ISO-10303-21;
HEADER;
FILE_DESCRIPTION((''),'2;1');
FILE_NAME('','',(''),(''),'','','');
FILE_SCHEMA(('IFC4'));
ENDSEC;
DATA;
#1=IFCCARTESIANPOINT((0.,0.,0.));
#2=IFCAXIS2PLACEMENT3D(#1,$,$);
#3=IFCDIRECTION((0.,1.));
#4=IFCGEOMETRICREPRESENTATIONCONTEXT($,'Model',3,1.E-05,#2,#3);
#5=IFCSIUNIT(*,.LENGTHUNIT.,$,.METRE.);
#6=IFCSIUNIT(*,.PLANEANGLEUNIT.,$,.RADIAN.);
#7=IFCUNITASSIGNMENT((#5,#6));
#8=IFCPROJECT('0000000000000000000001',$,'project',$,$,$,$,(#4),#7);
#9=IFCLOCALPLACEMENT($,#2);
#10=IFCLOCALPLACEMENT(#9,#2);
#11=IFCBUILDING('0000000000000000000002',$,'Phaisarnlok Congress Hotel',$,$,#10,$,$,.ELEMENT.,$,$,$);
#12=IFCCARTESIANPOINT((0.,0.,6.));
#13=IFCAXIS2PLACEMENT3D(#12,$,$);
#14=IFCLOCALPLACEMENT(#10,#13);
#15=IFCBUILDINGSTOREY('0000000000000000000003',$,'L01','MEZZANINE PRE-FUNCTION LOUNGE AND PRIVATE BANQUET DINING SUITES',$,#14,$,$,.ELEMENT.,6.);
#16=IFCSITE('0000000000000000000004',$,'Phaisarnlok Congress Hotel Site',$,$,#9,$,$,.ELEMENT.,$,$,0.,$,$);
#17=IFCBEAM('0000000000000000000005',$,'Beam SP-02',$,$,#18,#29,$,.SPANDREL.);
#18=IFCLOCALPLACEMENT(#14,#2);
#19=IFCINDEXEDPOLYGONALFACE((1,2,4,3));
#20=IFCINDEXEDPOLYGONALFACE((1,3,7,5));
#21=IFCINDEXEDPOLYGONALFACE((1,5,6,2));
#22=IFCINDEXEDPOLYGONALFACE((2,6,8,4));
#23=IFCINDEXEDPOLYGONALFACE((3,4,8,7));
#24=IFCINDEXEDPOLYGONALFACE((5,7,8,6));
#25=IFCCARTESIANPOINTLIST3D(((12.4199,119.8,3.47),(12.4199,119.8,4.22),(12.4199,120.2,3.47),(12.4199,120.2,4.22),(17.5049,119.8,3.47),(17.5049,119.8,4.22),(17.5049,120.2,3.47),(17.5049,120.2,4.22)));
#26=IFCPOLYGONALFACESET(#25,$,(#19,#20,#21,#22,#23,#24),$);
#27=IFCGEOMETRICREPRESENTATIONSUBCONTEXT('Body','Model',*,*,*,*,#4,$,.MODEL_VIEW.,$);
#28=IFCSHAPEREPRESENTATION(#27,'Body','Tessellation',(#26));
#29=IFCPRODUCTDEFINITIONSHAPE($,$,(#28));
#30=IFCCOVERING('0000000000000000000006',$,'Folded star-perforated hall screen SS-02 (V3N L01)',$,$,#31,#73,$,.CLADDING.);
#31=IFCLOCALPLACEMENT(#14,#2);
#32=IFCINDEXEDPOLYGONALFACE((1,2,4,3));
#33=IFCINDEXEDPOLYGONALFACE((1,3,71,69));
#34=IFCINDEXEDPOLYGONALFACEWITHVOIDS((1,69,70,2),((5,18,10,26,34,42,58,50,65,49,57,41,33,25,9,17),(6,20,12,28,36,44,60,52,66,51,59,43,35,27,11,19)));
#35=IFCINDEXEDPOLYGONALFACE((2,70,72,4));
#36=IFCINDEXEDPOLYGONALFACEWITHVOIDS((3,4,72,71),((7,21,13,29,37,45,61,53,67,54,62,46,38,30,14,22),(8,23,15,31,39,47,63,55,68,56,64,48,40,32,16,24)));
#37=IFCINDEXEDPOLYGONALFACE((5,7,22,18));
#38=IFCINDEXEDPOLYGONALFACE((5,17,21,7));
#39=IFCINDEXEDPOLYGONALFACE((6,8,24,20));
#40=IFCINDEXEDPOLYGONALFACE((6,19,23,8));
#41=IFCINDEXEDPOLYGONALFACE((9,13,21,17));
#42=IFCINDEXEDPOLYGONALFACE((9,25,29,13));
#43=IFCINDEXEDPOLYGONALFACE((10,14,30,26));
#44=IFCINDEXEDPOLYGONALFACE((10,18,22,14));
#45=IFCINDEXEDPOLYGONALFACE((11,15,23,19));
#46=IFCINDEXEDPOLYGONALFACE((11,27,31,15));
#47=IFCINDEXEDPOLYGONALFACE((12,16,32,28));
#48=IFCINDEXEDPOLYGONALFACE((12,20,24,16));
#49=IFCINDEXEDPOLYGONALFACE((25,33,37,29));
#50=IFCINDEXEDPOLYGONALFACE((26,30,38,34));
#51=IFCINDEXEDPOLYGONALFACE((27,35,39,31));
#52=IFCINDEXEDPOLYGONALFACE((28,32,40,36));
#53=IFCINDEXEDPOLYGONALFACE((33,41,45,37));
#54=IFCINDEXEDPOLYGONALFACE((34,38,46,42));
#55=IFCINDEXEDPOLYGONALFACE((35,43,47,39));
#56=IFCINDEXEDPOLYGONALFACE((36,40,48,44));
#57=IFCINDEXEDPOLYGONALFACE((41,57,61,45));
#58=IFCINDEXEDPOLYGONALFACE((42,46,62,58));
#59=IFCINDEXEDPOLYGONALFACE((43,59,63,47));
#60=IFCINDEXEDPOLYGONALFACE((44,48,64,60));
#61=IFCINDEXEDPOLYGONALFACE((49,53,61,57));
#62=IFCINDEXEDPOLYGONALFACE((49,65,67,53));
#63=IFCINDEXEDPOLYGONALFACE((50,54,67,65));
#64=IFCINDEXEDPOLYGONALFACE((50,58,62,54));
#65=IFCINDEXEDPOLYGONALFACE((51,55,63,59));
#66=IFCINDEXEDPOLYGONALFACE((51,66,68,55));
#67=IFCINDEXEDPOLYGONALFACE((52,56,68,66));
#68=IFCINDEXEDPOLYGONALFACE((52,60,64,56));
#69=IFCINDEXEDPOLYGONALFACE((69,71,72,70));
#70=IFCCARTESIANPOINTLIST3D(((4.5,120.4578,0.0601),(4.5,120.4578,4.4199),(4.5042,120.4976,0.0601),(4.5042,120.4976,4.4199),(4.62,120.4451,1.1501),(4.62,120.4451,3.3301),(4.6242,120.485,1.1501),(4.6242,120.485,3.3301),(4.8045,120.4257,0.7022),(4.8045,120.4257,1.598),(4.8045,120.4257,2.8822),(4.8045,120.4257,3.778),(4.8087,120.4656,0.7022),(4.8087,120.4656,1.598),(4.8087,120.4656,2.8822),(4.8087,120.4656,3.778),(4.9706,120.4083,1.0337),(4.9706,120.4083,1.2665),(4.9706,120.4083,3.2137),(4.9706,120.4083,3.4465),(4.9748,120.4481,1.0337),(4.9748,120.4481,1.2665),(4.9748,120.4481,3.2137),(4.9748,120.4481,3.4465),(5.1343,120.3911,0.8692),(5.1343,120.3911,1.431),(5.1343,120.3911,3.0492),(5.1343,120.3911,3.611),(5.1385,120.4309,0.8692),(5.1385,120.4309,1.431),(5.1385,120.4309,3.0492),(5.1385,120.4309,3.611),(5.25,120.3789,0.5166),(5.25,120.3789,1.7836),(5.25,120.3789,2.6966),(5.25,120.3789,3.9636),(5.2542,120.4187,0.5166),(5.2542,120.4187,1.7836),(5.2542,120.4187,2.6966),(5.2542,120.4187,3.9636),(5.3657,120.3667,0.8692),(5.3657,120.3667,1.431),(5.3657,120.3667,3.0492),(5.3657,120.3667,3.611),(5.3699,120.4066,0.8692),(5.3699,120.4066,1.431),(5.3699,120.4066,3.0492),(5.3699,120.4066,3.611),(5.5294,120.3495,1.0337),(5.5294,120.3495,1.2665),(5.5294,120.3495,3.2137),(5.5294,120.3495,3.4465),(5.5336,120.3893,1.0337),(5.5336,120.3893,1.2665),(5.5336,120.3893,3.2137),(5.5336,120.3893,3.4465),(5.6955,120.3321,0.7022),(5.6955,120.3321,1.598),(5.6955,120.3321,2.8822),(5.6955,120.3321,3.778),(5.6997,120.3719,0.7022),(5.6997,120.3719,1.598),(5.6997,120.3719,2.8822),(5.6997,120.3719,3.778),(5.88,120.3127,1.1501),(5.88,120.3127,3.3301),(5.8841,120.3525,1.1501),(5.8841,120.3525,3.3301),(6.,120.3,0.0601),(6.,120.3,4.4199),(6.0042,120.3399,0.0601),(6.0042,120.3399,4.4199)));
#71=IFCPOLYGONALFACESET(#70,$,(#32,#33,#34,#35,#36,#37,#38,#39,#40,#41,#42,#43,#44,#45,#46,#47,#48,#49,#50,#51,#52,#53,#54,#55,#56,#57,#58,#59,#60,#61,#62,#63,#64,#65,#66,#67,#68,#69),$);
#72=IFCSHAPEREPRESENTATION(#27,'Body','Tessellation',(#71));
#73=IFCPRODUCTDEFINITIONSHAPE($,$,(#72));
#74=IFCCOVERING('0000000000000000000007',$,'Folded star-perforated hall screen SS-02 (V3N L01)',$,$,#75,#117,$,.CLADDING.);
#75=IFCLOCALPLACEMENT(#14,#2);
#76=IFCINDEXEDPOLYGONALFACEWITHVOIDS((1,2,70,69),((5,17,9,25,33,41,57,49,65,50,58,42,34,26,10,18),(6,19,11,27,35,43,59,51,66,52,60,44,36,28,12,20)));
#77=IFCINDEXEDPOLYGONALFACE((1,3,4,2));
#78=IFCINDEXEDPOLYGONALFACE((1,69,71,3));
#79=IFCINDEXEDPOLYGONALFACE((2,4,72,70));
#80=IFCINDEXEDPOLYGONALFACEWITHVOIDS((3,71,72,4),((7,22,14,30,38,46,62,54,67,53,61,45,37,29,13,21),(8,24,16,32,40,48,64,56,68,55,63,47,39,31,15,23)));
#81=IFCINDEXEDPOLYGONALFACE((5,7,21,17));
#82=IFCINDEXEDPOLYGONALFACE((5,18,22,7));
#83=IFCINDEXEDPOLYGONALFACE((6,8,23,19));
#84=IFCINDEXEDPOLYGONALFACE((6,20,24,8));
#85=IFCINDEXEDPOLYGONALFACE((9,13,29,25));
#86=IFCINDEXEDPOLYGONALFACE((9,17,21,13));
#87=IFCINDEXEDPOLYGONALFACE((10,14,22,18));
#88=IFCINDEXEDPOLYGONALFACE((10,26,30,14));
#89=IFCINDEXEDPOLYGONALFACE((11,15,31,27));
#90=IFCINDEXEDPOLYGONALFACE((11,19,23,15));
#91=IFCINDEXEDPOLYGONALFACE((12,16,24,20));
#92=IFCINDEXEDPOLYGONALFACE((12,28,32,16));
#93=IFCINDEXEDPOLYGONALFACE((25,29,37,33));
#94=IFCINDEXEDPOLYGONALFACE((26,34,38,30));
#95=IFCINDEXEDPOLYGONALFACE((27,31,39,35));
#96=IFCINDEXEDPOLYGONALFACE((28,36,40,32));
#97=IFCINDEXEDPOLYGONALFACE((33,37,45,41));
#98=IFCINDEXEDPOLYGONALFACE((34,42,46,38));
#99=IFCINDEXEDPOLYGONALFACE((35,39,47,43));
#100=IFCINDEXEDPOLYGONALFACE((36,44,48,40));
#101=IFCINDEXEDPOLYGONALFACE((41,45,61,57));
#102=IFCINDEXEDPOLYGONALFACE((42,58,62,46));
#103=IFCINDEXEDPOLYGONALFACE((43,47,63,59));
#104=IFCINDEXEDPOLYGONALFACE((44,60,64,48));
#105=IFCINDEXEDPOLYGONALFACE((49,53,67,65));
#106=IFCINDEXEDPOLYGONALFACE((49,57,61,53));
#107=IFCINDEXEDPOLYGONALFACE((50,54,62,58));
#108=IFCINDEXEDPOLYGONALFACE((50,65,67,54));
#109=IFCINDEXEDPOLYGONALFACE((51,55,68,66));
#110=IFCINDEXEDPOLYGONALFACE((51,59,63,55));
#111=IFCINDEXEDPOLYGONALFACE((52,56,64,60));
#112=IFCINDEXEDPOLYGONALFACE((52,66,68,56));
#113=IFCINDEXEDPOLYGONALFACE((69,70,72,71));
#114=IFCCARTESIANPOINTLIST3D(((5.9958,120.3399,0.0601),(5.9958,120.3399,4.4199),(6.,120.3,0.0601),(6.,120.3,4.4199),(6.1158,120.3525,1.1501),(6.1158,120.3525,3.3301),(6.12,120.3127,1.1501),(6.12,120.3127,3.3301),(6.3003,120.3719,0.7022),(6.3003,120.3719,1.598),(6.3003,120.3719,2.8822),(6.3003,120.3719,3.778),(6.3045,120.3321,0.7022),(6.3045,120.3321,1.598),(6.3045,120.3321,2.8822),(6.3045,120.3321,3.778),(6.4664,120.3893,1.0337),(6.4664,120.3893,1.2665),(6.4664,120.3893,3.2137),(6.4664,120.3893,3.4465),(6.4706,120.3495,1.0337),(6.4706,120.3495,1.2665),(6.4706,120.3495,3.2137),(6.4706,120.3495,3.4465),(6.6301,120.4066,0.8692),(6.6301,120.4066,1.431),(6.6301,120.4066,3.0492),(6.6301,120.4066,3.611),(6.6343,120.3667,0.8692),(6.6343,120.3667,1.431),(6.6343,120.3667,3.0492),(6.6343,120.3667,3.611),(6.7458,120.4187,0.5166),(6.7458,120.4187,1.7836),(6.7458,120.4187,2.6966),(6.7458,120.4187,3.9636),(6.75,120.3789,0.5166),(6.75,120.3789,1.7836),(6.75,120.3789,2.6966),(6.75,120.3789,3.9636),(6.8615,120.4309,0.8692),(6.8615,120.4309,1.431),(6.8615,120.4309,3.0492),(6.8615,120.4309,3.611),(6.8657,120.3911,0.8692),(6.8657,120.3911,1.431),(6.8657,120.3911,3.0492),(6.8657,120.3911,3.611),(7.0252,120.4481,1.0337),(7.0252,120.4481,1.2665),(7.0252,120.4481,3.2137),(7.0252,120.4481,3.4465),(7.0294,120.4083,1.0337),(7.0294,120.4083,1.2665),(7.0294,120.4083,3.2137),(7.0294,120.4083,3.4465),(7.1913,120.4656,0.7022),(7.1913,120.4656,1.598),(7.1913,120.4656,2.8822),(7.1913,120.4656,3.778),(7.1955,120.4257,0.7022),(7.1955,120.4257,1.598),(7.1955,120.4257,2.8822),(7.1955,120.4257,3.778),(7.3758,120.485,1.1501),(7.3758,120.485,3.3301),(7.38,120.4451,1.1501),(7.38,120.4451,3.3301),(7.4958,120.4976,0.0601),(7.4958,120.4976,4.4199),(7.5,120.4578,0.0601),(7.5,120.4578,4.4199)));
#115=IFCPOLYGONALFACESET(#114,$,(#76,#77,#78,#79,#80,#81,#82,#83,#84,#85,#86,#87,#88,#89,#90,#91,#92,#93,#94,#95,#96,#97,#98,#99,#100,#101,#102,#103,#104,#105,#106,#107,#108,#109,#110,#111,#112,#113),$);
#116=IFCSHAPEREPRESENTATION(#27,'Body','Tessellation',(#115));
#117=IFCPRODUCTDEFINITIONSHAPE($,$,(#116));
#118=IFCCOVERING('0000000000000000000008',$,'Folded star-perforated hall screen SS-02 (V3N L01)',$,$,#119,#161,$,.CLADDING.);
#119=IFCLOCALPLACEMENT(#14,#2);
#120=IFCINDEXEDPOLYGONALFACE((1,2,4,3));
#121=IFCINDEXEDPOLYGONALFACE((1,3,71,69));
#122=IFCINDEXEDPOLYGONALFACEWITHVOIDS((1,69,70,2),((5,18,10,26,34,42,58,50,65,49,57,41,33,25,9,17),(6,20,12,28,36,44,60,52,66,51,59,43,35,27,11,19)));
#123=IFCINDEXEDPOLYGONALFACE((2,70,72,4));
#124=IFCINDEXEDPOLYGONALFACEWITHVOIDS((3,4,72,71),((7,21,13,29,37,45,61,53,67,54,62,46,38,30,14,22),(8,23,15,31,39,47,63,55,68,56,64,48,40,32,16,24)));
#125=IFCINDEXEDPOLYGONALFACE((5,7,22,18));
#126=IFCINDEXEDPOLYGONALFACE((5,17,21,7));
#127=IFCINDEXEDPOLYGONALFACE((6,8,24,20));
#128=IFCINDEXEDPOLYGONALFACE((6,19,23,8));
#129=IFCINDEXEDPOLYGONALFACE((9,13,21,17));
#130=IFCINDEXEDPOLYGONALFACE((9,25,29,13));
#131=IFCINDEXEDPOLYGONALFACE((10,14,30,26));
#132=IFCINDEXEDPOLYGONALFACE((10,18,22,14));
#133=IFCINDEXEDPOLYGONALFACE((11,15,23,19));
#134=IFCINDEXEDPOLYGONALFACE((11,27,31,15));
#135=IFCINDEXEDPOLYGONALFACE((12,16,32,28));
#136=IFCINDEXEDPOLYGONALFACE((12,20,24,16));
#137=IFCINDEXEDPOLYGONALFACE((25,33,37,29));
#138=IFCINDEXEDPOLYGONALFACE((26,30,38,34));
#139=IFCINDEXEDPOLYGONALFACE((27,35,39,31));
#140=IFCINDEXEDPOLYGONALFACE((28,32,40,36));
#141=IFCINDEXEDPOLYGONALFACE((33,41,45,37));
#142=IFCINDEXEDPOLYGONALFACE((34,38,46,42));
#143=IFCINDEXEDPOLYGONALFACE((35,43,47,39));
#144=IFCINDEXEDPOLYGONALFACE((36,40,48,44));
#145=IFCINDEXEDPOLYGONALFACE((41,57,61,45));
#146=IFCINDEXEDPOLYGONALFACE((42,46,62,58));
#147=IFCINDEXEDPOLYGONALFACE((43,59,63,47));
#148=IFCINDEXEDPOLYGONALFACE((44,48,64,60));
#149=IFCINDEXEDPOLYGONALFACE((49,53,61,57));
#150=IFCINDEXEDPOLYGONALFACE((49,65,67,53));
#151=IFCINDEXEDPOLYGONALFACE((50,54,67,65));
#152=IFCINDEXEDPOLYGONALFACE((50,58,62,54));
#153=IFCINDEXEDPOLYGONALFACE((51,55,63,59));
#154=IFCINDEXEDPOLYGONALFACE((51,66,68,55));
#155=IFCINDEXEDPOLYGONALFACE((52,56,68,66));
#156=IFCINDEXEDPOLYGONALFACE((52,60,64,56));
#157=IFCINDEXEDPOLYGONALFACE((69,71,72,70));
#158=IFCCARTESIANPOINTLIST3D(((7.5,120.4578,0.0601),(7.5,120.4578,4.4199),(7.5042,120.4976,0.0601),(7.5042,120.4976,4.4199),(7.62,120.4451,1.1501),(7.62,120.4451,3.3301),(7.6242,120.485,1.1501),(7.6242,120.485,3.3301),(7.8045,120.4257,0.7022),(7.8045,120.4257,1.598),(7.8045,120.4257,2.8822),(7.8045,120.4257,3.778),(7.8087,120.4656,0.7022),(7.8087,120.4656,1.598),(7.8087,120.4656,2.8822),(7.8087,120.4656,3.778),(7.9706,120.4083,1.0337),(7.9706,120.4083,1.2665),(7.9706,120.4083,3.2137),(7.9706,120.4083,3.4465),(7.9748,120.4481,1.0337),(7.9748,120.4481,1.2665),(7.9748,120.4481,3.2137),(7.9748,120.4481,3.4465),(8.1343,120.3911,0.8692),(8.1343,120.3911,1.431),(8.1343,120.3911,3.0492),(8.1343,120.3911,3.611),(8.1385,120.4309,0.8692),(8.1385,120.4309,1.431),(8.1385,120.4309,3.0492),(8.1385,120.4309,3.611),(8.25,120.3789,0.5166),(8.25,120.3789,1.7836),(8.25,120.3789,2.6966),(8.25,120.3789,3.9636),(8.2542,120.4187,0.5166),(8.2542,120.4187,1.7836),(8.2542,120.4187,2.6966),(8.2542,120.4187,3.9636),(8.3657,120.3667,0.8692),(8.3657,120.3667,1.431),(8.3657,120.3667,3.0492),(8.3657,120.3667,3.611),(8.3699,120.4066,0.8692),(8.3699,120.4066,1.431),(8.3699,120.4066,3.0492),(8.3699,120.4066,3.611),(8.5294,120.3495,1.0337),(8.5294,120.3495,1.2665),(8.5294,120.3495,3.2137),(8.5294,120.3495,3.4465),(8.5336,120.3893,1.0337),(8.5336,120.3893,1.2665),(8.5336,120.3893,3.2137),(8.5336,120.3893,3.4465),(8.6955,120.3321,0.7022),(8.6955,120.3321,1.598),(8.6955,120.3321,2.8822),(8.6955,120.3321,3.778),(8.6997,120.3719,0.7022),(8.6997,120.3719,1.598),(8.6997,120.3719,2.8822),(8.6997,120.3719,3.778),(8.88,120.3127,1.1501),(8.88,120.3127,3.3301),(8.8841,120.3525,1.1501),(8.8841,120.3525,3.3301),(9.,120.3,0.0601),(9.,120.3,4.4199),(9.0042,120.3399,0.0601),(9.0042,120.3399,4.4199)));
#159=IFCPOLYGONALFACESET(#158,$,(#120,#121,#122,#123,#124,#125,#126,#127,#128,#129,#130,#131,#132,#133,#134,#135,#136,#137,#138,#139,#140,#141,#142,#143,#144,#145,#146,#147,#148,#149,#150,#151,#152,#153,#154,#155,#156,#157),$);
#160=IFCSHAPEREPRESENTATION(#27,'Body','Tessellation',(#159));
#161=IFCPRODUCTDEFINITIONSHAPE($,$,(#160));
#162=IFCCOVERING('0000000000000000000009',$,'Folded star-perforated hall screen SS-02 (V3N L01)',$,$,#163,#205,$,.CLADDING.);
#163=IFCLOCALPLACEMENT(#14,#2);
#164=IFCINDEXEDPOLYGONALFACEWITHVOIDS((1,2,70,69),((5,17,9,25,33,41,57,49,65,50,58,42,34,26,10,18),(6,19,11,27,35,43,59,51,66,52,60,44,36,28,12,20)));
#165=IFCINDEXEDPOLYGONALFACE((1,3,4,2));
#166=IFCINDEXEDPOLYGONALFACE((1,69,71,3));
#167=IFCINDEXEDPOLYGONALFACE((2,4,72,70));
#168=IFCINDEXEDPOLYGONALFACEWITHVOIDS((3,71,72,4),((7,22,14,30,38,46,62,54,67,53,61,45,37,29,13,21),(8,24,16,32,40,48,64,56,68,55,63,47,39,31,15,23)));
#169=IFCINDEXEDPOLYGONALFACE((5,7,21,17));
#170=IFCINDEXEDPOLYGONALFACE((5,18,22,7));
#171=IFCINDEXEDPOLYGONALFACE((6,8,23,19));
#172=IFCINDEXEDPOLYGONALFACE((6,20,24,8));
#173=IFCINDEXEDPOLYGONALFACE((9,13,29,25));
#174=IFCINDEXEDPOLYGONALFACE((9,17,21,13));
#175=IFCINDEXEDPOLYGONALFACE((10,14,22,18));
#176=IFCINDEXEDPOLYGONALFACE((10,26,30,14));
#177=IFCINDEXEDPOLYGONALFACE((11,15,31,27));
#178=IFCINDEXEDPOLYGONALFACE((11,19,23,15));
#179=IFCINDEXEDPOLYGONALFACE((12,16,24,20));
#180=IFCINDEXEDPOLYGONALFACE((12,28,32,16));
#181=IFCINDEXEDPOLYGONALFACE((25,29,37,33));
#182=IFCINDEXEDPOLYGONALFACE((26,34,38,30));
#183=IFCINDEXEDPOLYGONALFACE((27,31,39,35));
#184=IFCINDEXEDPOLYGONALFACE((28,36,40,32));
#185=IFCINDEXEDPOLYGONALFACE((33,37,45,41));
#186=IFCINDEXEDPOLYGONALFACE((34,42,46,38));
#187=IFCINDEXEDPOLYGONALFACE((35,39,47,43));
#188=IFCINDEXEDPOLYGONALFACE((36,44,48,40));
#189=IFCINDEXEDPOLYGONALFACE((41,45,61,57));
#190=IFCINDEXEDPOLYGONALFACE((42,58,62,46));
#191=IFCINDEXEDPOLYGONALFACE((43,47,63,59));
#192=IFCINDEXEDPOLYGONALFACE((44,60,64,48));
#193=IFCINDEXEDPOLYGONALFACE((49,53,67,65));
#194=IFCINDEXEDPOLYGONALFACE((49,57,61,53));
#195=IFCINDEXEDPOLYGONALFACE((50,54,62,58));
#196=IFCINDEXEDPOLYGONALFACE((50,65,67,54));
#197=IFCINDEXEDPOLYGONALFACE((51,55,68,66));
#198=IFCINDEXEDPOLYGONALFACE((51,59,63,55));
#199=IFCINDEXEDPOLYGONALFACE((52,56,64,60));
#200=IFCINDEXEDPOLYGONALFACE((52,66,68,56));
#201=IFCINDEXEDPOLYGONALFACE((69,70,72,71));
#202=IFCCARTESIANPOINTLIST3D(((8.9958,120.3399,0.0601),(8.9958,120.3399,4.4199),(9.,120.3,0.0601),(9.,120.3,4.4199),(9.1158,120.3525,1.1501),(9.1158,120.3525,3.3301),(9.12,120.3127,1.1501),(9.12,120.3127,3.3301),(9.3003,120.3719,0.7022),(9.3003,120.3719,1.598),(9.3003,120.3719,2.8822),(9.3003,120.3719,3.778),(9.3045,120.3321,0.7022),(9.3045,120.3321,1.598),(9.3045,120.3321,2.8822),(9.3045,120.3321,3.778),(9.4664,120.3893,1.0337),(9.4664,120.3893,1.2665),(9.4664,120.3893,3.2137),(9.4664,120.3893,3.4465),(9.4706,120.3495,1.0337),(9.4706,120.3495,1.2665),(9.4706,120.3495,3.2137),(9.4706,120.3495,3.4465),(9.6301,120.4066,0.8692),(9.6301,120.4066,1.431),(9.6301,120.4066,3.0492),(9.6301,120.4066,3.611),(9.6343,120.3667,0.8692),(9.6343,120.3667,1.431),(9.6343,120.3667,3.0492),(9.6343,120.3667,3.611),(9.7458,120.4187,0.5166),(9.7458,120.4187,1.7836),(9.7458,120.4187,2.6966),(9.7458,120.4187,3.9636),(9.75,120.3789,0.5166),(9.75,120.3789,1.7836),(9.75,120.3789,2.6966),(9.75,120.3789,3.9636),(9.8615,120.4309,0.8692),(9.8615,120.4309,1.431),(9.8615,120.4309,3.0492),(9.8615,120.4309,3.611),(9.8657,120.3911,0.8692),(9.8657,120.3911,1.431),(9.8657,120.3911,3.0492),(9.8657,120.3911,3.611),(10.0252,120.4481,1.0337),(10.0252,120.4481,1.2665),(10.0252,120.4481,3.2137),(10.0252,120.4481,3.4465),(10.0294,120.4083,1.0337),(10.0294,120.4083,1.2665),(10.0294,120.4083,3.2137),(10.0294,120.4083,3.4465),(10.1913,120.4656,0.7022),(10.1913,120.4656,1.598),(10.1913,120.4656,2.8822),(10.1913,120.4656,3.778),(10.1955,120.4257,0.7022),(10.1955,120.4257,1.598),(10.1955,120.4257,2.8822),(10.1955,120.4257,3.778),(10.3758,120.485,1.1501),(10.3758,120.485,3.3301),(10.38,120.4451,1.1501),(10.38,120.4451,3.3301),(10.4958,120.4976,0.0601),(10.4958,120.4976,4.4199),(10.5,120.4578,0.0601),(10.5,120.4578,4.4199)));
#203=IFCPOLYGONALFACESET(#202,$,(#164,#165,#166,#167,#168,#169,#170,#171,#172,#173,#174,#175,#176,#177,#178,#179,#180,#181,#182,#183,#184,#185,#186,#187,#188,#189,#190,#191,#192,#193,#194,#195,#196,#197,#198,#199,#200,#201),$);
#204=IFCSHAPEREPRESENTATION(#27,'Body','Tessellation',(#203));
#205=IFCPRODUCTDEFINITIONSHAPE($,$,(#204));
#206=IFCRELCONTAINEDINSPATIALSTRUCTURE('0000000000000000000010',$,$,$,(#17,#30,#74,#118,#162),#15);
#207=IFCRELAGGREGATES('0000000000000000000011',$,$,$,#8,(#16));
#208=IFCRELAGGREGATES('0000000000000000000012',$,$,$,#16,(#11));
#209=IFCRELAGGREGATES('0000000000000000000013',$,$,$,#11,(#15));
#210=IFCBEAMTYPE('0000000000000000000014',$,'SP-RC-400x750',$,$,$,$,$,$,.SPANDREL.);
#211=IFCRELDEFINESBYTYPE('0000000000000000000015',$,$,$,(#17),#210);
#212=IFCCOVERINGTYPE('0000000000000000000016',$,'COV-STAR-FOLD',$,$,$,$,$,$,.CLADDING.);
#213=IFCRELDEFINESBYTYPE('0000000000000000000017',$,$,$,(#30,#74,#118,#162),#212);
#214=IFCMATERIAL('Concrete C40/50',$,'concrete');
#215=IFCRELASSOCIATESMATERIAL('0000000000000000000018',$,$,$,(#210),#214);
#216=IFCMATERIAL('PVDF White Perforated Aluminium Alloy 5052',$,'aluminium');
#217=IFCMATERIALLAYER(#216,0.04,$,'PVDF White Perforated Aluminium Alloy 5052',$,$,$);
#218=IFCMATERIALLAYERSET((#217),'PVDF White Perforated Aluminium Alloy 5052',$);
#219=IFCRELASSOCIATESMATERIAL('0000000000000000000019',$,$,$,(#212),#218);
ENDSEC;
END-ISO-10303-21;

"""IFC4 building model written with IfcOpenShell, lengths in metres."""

from ifc_helpers import new_model, si_unit, direction, frame, origin, origin_2d, place, context, subcontext, project, spatial, polyline, rectangle, outline, extrude, material, layer, layer_set, material_profile, profile_set, type_object, element, save


model = new_model("IFC4")

# Units and contexts
model_context = context("Model", 3, precision=1e-05, world=origin(), true_north=direction((0.0, 1.0)))
body_context = subcontext(model_context, "Body", "Model", "MODEL_VIEW")
ifc_project = project(units=[si_unit("LENGTHUNIT", "METRE"), si_unit("PLANEANGLEUNIT", "RADIAN")], contexts=[model_context])

# Site, building, storey
site_placement = place(None, origin())
site = spatial("IfcSite", under=ifc_project, at=site_placement, Name="Phaisarnlok Congress Hotel Site", CompositionType="ELEMENT", RefElevation=0.0)
building_placement = place(site_placement, origin())
building = spatial("IfcBuilding", under=site, at=building_placement, Name="Phaisarnlok Congress Hotel", CompositionType="ELEMENT")
storey_placement = place(building_placement, frame((0.0, 0.0, 6.0)))
storey = spatial("IfcBuildingStorey", under=building, at=storey_placement, Name="L01", Description="MEZZANINE PRE-FUNCTION LOUNGE AND PRIVATE BANQUET DINING SUITES", CompositionType="ELEMENT", Elevation=6.0)

# Beam
ifc_material_1 = material(Name="Concrete C40/50", Category="concrete")
ifc_material_profile = material_profile(ifc_material_1, rectangle(XDim=0.3999, YDim=0.75, at=origin_2d()), Name="RC 400x750")
ifc_profile_set = profile_set([ifc_material_profile], Name="Concrete C40/50")
beam_type = type_object("IfcBeamType", Name="SP-RC-400x750", PredefinedType="SPANDREL", material=ifc_profile_set)
beam_placement = place(storey_placement, frame((12.4199, 120.0, 3.845), z_axis=(1.0, 0.0, 0.0), x_axis=(0.0, 1.0, 0.0)))
element("IfcBeam", 1, at=beam_placement, inside=storey, type_object=beam_type, Name="Beam SP-02", PredefinedType="SPANDREL", context=body_context, shape_type="SweptSolid", body=[
    extrude(rectangle(XDim=0.3999, YDim=0.75, at=origin_2d()), origin(), (0.0, 0.0, 1.0), 5.085),
])

# Coverings
ifc_material_2 = material(Name="PVDF White Perforated Aluminium Alloy 5052", Category="aluminium")
ifc_layer = layer(ifc_material_2, 0.04, Name="PVDF White Perforated Aluminium Alloy 5052")
ifc_layer_set = layer_set([ifc_layer], Name="PVDF White Perforated Aluminium Alloy 5052")
covering_type = type_object("IfcCoveringType", Name="COV-STAR-FOLD", PredefinedType="CLADDING", material=ifc_layer_set)
for number, where, z_axis, x_axis, name in (
    (2, (6.0, 120.3, 0.0601), (0.104567, 0.994518, 0.0), (-0.994518, 0.104567, 0.0), "Folded star-perforated hall screen SS-02 (V3N L01)"),
    (3, (7.5, 120.4578, 0.0601), (-0.104567, 0.994518, 0.0), (-0.994518, -0.104567, 0.0), "Folded star-perforated hall screen SS-02 (V3N L01)"),
    (4, (9.0, 120.3, 0.0601), (0.104567, 0.994518, 0.0), (-0.994518, 0.104567, 0.0), "Folded star-perforated hall screen SS-02 (V3N L01)"),
    (5, (10.5, 120.4578, 0.0601), (-0.104567, 0.994518, 0.0), (-0.994518, -0.104567, 0.0), "Folded star-perforated hall screen SS-02 (V3N L01)"),
):
    element("IfcCovering", number, at=place(storey_placement, frame(where, z_axis=z_axis, x_axis=x_axis)), inside=storey, type_object=covering_type, Name=name, PredefinedType="CLADDING", context=body_context, shape_type="SweptSolid", body=[
        extrude(outline(polyline([(0.0, 0.0), (1.5083, 0.0), (1.5083, 4.3599), (0.0, 4.3599), (0.0, 0.0)]), holes=[polyline([(1.0351, 0.9736), (1.2021, 0.6421), (0.8705, 0.8091), (0.7541, 0.4565), (0.6378, 0.8091), (0.3062, 0.6421), (0.4732, 0.9736), (0.1207, 1.09), (0.4732, 1.2064), (0.3062, 1.5379), (0.6378, 1.3709), (0.7541, 1.7235), (0.8705, 1.3709), (1.2021, 1.5379), (1.0351, 1.2064), (1.3876, 1.09), (1.0351, 0.9736)]), polyline([(1.0351, 3.1536), (1.2021, 2.8221), (0.8705, 2.9891), (0.7541, 2.6365), (0.6378, 2.9891), (0.3062, 2.8221), (0.4732, 3.1536), (0.1207, 3.27), (0.4732, 3.3864), (0.3062, 3.7179), (0.6378, 3.5509), (0.7541, 3.9035), (0.8705, 3.5509), (1.2021, 3.7179), (1.0351, 3.3864), (1.3876, 3.27), (1.0351, 3.1536)])]), origin(), (0.0, 0.0, 1.0), 0.04),
    ])

save(model, "model.ifc")
